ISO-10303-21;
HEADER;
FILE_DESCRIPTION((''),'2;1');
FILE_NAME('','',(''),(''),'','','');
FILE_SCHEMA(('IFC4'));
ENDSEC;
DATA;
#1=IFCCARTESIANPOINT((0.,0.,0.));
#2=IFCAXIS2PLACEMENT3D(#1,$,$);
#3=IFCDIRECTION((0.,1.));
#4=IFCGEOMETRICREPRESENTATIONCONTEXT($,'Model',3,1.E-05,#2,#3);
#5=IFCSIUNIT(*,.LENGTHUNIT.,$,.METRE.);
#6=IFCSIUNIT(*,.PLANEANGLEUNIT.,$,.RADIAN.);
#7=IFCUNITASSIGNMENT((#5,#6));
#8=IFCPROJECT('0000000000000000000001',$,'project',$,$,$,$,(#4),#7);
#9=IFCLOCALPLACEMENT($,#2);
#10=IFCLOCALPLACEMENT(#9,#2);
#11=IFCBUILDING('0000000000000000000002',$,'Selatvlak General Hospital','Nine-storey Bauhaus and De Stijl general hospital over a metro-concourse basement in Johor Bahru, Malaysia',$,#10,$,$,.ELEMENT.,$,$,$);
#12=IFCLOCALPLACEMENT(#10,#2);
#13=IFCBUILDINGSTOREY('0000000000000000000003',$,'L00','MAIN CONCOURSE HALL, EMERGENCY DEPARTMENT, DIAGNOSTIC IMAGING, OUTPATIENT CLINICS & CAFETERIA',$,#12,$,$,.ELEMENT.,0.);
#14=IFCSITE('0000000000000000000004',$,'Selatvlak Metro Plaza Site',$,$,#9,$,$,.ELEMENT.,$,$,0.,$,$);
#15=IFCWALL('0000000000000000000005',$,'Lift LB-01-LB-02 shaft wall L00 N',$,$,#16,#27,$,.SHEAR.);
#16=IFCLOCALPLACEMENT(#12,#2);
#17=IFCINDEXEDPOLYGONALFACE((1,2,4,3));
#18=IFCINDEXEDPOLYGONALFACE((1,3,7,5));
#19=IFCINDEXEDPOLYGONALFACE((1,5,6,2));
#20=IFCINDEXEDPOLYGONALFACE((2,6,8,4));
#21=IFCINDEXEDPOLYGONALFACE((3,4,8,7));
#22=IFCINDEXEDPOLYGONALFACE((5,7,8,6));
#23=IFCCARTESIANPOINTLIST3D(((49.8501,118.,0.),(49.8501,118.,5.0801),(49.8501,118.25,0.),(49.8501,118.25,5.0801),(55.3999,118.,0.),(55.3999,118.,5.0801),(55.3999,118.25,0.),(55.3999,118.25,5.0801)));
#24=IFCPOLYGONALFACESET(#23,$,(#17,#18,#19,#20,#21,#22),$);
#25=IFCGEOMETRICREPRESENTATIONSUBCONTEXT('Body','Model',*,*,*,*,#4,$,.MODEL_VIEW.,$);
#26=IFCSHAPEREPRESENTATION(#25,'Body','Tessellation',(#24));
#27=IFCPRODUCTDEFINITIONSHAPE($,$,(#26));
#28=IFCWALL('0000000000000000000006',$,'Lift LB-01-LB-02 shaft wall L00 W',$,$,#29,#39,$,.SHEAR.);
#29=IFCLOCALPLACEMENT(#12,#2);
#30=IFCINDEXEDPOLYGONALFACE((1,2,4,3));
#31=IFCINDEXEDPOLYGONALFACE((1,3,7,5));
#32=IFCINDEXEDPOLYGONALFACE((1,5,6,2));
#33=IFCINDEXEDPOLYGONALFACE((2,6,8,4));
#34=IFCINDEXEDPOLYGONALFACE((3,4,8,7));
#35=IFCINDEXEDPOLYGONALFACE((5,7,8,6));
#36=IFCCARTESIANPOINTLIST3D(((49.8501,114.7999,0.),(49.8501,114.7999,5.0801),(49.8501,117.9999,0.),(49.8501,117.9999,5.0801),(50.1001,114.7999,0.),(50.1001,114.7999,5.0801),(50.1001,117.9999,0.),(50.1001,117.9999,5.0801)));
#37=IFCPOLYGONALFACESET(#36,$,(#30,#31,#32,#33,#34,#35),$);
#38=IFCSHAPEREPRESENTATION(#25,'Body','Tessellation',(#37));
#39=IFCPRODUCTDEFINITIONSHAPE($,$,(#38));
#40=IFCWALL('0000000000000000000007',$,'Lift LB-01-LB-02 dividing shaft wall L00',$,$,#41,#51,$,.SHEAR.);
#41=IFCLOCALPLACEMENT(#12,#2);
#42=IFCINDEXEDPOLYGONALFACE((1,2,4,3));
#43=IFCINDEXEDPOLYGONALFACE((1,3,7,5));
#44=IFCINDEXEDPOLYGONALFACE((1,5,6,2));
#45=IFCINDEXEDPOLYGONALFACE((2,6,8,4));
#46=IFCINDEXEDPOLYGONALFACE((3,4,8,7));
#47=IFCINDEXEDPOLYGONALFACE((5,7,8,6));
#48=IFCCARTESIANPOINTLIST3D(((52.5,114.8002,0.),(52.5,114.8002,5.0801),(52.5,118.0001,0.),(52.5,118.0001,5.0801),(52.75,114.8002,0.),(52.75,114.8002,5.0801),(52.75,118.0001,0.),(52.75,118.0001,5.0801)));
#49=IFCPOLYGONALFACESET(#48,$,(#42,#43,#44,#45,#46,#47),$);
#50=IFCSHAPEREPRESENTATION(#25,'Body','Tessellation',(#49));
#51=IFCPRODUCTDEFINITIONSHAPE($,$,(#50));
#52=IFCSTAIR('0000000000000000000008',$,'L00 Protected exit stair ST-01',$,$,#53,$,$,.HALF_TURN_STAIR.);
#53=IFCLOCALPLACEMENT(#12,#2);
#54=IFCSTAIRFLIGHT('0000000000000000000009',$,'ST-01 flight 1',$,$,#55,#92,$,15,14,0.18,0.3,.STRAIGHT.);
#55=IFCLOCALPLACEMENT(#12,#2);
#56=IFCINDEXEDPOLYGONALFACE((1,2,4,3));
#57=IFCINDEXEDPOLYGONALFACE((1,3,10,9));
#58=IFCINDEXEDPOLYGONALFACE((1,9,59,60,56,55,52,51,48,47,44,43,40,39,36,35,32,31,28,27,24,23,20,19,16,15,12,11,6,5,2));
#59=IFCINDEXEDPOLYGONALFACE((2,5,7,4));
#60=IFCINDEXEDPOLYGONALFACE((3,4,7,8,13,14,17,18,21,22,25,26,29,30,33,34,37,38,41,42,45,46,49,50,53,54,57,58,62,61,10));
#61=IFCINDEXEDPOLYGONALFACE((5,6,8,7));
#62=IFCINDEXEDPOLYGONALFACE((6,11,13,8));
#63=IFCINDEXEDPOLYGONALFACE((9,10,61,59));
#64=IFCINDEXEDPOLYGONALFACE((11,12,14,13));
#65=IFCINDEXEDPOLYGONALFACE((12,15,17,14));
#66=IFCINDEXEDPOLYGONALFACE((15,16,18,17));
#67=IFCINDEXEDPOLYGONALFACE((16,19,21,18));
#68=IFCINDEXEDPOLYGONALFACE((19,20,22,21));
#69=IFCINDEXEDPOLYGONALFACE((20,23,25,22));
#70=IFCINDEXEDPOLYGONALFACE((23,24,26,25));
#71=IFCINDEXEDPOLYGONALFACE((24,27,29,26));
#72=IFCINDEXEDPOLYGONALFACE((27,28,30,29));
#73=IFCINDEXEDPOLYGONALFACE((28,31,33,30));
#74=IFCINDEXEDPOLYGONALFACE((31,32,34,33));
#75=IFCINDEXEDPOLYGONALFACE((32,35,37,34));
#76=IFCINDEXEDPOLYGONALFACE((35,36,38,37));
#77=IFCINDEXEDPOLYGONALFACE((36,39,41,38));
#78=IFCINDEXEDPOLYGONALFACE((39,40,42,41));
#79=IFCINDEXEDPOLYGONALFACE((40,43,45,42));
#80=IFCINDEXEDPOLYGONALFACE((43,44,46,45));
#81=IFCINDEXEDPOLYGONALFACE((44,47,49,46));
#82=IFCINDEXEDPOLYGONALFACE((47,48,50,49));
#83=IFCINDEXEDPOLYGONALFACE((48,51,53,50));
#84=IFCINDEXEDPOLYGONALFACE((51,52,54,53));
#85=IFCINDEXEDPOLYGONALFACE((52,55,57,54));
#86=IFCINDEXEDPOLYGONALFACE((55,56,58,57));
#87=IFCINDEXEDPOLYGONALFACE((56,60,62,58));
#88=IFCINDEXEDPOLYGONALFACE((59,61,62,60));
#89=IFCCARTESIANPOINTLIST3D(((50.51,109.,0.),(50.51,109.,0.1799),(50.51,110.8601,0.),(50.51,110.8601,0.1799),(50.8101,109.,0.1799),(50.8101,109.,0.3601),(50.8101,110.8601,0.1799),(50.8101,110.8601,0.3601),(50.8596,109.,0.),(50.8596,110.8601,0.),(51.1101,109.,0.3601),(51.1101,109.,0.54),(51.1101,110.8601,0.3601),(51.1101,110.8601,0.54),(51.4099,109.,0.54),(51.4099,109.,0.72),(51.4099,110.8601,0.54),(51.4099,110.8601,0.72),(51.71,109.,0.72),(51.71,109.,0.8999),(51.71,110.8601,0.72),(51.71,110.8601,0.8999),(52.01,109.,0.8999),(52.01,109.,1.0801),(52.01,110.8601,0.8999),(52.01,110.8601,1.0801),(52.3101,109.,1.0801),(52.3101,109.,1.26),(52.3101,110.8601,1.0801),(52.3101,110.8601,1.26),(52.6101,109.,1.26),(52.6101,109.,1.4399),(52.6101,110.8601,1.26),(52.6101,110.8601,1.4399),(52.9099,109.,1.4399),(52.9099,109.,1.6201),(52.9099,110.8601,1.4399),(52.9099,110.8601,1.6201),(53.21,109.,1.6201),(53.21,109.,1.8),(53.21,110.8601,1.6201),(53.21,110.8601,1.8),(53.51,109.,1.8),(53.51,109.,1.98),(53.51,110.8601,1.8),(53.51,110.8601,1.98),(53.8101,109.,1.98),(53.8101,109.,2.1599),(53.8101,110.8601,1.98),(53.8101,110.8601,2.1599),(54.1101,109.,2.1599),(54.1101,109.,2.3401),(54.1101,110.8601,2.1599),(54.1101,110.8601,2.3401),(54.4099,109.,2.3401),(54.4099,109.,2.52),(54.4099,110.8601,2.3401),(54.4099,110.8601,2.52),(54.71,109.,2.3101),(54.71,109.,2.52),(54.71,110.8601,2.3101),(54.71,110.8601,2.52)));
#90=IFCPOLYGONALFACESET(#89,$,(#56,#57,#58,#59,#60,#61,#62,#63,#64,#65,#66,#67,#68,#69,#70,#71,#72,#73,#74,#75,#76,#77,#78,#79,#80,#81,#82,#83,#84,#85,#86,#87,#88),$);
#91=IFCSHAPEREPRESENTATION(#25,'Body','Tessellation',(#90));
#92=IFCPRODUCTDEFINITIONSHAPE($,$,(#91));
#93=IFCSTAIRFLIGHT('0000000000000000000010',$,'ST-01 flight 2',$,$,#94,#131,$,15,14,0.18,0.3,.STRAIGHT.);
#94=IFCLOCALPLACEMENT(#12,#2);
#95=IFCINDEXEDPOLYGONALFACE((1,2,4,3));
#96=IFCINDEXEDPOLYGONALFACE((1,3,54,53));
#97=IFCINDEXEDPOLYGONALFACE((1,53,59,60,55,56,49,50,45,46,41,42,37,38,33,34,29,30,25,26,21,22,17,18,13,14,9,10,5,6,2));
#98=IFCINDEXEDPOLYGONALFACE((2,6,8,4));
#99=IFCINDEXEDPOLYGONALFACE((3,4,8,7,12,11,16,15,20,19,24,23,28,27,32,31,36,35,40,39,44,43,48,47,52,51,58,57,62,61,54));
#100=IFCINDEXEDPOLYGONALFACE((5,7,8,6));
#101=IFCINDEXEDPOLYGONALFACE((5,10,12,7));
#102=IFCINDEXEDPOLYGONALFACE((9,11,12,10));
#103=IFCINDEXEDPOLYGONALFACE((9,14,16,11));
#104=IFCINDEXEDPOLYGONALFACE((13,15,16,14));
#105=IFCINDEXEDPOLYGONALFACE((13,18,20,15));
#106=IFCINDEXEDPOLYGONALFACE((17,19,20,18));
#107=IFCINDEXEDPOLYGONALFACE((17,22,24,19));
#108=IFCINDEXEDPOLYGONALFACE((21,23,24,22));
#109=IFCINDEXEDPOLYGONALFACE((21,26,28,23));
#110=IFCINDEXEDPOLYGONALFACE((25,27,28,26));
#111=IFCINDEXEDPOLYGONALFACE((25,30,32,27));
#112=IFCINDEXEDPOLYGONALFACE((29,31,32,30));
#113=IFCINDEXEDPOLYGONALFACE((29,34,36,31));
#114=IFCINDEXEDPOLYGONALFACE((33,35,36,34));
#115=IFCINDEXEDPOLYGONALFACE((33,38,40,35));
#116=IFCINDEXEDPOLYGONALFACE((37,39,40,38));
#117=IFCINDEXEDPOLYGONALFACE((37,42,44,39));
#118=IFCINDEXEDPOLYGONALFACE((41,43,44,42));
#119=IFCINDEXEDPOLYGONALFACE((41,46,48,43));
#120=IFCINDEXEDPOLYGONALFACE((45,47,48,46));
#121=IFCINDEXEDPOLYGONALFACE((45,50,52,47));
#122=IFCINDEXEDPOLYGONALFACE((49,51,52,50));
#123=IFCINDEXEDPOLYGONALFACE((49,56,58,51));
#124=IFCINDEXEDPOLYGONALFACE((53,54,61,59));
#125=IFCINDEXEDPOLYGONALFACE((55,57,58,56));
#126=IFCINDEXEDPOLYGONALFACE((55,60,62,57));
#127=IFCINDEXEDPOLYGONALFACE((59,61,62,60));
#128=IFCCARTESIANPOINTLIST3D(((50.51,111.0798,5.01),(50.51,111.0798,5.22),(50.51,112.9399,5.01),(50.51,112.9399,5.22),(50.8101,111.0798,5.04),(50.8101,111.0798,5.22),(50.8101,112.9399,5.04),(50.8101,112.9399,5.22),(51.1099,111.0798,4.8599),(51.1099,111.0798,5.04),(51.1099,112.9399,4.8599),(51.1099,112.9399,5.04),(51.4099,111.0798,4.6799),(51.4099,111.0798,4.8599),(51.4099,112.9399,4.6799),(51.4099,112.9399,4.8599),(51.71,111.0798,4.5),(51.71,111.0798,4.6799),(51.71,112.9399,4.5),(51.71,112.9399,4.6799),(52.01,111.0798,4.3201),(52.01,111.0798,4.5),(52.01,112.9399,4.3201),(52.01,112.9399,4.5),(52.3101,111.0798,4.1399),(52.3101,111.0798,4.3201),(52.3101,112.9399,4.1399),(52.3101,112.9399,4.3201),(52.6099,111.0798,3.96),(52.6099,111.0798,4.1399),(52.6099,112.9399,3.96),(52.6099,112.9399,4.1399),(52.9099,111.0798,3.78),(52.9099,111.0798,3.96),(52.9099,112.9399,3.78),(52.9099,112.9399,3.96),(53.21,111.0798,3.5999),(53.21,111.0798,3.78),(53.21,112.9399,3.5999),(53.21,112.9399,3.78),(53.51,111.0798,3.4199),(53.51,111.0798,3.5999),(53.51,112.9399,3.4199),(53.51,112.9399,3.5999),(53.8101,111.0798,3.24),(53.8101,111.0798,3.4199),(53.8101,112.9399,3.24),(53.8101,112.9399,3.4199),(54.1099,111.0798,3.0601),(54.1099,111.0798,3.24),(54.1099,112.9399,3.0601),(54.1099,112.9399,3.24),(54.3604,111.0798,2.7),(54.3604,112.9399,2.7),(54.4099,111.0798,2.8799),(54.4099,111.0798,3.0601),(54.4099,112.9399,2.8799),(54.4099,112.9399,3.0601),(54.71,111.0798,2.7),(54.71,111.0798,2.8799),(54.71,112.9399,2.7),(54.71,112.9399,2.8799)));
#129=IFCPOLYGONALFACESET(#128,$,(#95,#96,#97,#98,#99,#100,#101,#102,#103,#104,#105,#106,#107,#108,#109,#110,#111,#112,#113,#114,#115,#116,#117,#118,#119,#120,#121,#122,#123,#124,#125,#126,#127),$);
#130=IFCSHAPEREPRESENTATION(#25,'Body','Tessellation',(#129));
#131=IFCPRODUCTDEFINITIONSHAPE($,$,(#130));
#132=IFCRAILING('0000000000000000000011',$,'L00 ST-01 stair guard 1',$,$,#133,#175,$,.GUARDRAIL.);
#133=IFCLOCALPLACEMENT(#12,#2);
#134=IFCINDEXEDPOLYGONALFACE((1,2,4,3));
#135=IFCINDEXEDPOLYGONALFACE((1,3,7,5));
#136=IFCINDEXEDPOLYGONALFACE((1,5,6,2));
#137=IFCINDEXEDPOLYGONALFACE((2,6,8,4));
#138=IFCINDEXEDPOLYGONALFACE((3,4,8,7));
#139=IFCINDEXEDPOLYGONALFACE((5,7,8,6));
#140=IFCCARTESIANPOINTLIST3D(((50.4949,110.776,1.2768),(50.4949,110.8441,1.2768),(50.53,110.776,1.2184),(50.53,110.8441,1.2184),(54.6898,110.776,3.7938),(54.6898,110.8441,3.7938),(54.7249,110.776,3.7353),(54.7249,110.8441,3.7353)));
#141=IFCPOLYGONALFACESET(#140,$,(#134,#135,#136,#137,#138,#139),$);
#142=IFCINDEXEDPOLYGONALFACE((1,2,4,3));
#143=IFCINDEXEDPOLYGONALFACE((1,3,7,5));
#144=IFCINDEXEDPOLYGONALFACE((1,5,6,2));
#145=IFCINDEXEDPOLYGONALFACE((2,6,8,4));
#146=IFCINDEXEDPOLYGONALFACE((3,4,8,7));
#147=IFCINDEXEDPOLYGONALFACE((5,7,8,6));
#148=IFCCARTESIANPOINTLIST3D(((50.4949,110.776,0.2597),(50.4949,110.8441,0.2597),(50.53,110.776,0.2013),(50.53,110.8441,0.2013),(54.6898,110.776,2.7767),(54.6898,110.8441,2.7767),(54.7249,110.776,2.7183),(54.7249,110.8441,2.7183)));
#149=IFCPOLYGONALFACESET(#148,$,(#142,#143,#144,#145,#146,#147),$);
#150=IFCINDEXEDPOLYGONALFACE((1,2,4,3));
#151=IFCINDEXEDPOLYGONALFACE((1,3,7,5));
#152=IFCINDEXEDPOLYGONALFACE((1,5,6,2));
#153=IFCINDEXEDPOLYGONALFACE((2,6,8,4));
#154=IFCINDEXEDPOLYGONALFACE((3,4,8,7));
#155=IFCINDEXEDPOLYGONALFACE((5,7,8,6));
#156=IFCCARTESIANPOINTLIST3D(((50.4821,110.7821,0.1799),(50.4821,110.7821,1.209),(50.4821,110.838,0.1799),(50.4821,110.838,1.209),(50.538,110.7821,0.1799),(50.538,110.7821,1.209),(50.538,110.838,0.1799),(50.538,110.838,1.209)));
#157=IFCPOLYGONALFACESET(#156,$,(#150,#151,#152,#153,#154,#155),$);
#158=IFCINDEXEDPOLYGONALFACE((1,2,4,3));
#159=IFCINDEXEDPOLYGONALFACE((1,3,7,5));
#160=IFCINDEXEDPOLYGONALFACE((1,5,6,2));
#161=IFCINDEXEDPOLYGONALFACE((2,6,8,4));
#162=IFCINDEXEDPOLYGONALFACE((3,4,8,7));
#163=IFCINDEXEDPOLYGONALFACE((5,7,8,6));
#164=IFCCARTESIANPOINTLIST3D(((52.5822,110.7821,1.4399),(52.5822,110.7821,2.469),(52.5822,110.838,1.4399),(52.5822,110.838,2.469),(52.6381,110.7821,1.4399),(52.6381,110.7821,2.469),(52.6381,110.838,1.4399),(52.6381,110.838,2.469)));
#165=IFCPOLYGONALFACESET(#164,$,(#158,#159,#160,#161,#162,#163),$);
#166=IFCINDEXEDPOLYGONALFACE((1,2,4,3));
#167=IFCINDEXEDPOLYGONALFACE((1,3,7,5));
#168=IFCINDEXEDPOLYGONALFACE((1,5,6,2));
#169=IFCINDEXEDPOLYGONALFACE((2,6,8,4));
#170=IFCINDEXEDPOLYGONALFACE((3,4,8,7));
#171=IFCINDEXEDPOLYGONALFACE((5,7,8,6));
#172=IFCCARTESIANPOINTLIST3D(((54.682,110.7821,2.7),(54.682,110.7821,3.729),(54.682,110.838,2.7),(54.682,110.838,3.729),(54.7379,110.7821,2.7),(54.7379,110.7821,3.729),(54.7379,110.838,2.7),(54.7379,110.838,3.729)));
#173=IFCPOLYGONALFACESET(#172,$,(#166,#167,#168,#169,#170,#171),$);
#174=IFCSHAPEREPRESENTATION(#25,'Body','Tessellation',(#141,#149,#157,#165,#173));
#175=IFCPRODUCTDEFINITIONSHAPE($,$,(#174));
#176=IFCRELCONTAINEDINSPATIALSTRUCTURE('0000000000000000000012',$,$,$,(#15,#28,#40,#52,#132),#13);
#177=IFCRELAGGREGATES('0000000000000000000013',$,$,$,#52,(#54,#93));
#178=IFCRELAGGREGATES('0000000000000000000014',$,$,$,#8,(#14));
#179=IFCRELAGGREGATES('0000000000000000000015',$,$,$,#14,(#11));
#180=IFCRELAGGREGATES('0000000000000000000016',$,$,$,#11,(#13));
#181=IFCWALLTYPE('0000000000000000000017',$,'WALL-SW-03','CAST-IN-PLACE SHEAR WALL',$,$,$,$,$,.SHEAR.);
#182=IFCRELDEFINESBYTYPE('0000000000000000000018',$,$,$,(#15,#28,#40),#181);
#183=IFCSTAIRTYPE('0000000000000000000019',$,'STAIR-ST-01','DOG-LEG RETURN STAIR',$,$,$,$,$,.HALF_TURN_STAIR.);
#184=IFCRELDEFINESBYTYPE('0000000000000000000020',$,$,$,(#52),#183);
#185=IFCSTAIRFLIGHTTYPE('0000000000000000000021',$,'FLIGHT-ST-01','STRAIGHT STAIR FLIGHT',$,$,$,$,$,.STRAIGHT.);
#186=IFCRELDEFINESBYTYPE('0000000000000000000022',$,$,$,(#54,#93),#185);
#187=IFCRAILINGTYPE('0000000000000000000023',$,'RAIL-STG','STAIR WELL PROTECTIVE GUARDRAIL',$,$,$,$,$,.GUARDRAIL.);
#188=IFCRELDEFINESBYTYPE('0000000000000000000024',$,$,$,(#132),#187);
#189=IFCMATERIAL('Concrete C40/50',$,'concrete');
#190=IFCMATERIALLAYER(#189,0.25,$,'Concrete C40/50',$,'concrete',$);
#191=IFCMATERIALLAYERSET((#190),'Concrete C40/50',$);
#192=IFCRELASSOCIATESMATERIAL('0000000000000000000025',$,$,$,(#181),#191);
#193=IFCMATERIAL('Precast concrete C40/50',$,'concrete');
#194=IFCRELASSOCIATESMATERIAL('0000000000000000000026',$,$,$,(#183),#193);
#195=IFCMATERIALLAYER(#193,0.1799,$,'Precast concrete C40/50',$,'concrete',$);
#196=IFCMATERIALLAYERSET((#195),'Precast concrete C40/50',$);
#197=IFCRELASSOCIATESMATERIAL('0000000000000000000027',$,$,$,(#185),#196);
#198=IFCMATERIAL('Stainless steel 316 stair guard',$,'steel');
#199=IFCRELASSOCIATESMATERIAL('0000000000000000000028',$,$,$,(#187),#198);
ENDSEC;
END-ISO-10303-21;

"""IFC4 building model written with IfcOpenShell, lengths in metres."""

from ifc_helpers import new_model, si_unit, direction, frame, frame_2d, origin, origin_2d, place, context, subcontext, project, spatial, polyline, rectangle, outline, extrude, material, layer, layer_set, type_object, element, aggregate, save


model = new_model("IFC4")

# Units and contexts
model_context = context("Model", 3, precision=1e-05, world=origin(), true_north=direction((0.0, 1.0)))
body_context = subcontext(model_context, "Body", "Model", "MODEL_VIEW")
ifc_project = project(units=[si_unit("LENGTHUNIT", "METRE"), si_unit("PLANEANGLEUNIT", "RADIAN")], contexts=[model_context])

# Site, building, storey
site_placement = place(None, origin())
site = spatial("IfcSite", under=ifc_project, at=site_placement, Name="Selatvlak Metro Plaza Site", CompositionType="ELEMENT", RefElevation=0.0)
building_placement = place(site_placement, origin())
building = spatial("IfcBuilding", under=site, at=building_placement, Name="Selatvlak General Hospital", Description="Nine-storey Bauhaus and De Stijl general hospital over a metro-concourse basement in Johor Bahru, Malaysia", CompositionType="ELEMENT")
storey_placement = place(building_placement, origin())
storey = spatial("IfcBuildingStorey", under=building, at=storey_placement, Name="L00", Description="MAIN CONCOURSE HALL, EMERGENCY DEPARTMENT, DIAGNOSTIC IMAGING, OUTPATIENT CLINICS & CAFETERIA", CompositionType="ELEMENT", Elevation=0.0)

# Shared definitions
ifc_material_1 = material(Name="Concrete C40/50", Category="concrete")

# Shared definitions
ifc_layer_1 = layer(ifc_material_1, 0.25, Name="Concrete C40/50", Category="concrete")
ifc_layer_set_1 = layer_set([ifc_layer_1], Name="Concrete C40/50")
wall_type_1 = type_object("IfcWallType", Name="WALL-SW-03", Description="CAST-IN-PLACE SHEAR WALL", PredefinedType="SHEAR", material=ifc_layer_set_1)

# Walls
wall_1_placement = place(storey_placement, frame((55.3999, 118.125, 0.0), z_axis=(0.0, 0.0, 1.0), x_axis=(-1.0, 0.0, 0.0)))
element("IfcWall", 1, at=wall_1_placement, inside=storey, type_object=wall_type_1, Name="Lift LB-01-LB-02 shaft wall L00 N", PredefinedType="SHEAR", context=body_context, shape_type="SweptSolid", body=[
    extrude(rectangle(XDim=5.5498, YDim=0.25, at=frame_2d((2.7749, 0.0))), origin(), (0.0, 0.0, 1.0), 5.0801),
])
for number, where, z_axis, x_axis, name in (
    (2, (49.9751, 118.0, 0.0), (0.0, 0.0, 1.0), (0.0, -1.0, 0.0), "Lift LB-01-LB-02 shaft wall L00 W"),
    (3, (52.625, 114.8, 0.0), (0.0, 0.0, 1.0), (0.0, 1.0, 0.0), "Lift LB-01-LB-02 dividing shaft wall L00"),
):
    element("IfcWall", number, at=place(storey_placement, frame(where, z_axis=z_axis, x_axis=x_axis)), inside=storey, type_object=wall_type_1, Name=name, PredefinedType="SHEAR", context=body_context, shape_type="SweptSolid", body=[
        extrude(rectangle(XDim=3.2, YDim=0.25, at=frame_2d((1.6001, 0.0))), origin(), (0.0, 0.0, 1.0), 5.0801),
    ])

# Stair, stair flights
ifc_material_2 = material(Name="Precast concrete C40/50", Category="concrete")
stair_type = type_object("IfcStairType", Name="STAIR-ST-01", Description="DOG-LEG RETURN STAIR", PredefinedType="HALF_TURN_STAIR", material=ifc_material_2)
stair_placement = place(storey_placement, origin())
stair = element("IfcStair", 4, at=stair_placement, inside=storey, type_object=stair_type, Name="L00 Protected exit stair ST-01", PredefinedType="HALF_TURN_STAIR")
ifc_layer_2 = layer(ifc_material_2, 0.1799, Name="Precast concrete C40/50", Category="concrete")
ifc_layer_set_2 = layer_set([ifc_layer_2], Name="Precast concrete C40/50")
stair_flight_type = type_object("IfcStairFlightType", Name="FLIGHT-ST-01", Description="STRAIGHT STAIR FLIGHT", PredefinedType="STRAIGHT", material=ifc_layer_set_2)
stair_flight_1_placement = place(storey_placement, frame((50.51, 109.9299, 0.0), z_axis=(0.0, 0.0, 1.0), x_axis=(1.0, 0.0, 0.0)))
stair_flight_1 = element("IfcStairFlight", 5, at=stair_flight_1_placement, type_object=stair_flight_type, Name="ST-01 flight 1", NumberOfRisers=15, NumberOfTreads=14, PredefinedType="STRAIGHT", RiserHeight=0.18, TreadLength=0.3, context=body_context, shape_type="SweptSolid", body=[
    extrude(outline(polyline([(0.0, 0.0), (0.0, 0.1799), (0.3, 0.1799), (0.3, 0.3601), (0.6001, 0.3601), (0.6001, 0.54), (0.8999, 0.54), (0.8999, 0.72), (1.2, 0.72), (1.2, 0.8999), (1.5, 0.8999), (1.5, 1.0801), (1.8, 1.0801), (1.8, 1.26), (2.1001, 1.26), (2.1001, 1.4399), (2.3999, 1.4399), (2.3999, 1.6201), (2.7, 1.6201), (2.7, 1.8), (3.0, 1.8), (3.0, 1.98), (3.3, 1.98), (3.3, 2.1599), (3.6001, 2.1599), (3.6001, 2.3401), (3.8999, 2.3401), (3.8999, 2.52), (4.2, 2.52), (4.2, 2.7), (4.2, 2.3101), (0.3496, 0.0), (0.0, 0.0)])), frame((0.0, 0.9302, 0.0), z_axis=(0.0, -1.0, 0.0), x_axis=(1.0, 0.0, 0.0)), (0.0, 0.0, 1.0), 1.8601),
])
stair_flight_2_placement = place(storey_placement, frame((54.71, 112.01, 2.7), z_axis=(0.0, 0.0, 1.0), x_axis=(-1.0, 0.0, 0.0)))
stair_flight_2 = element("IfcStairFlight", 6, at=stair_flight_2_placement, type_object=stair_flight_type, Name="ST-01 flight 2", NumberOfRisers=15, NumberOfTreads=14, PredefinedType="STRAIGHT", RiserHeight=0.18, TreadLength=0.3, context=body_context, shape_type="SweptSolid", body=[
    extrude(outline(polyline([(0.0, 0.0), (0.0, 0.1799), (0.3, 0.1799), (0.3, 0.3601), (0.6001, 0.3601), (0.6001, 0.54), (0.8999, 0.54), (0.8999, 0.72), (1.2, 0.72), (1.2, 0.8999), (1.5, 0.8999), (1.5, 1.0801), (1.8, 1.0801), (1.8, 1.26), (2.1001, 1.26), (2.1001, 1.4399), (2.3999, 1.4399), (2.3999, 1.6201), (2.7, 1.6201), (2.7, 1.8), (3.0, 1.8), (3.0, 1.98), (3.3, 1.98), (3.3, 2.1599), (3.6001, 2.1599), (3.6001, 2.3401), (3.8999, 2.3401), (3.8999, 2.52), (4.2, 2.52), (4.2, 2.7), (4.2, 2.3101), (0.3496, 0.0), (0.0, 0.0)])), frame((0.0, 0.9302, 0.0), z_axis=(0.0, -1.0, 0.0), x_axis=(1.0, 0.0, 0.0)), (0.0, 0.0, 1.0), 1.8601),
])
aggregate(stair, [stair_flight_1, stair_flight_2])

# Railing
ifc_material_3 = material(Name="Stainless steel 316 stair guard", Category="steel")
railing_type_1 = type_object("IfcRailingType", Name="RAIL-STG", Description="STAIR WELL PROTECTIVE GUARDRAIL", PredefinedType="GUARDRAIL", material=ifc_material_3)
railing_1_placement = place(storey_placement, frame((50.51, 110.8101, 0.1799)))
element("IfcRailing", 7, at=railing_1_placement, inside=storey, type_object=railing_type_1, Name="L00 ST-01 stair guard 1", PredefinedType="GUARDRAIL", context=body_context, shape_type="SweptSolid", body=[
    extrude(rectangle(XDim=0.0681, YDim=0.0681, at=origin_2d()), frame((0.0024, 0.0, 1.0676), z_axis=(0.857489, 0.0, 0.514503), x_axis=(0.0, 1.0, 0.0)), (0.0, 0.0, 1.0), 4.8921),
    extrude(rectangle(XDim=0.0681, YDim=0.0681, at=origin_2d()), frame((0.0024, 0.0, 0.0505), z_axis=(0.857489, 0.0, 0.514503), x_axis=(0.0, 1.0, 0.0)), (0.0, 0.0, 1.0), 4.8921),
    extrude(rectangle(XDim=0.0559, YDim=0.0559, at=origin_2d()), origin(), (0.0, 0.0, 1.0), 1.0291),
    extrude(rectangle(XDim=0.0559, YDim=0.0559, at=origin_2d()), frame((2.1001, 0.0, 1.26)), (0.0, 0.0, 1.0), 1.0291),
    extrude(rectangle(XDim=0.0559, YDim=0.0559, at=origin_2d()), frame((4.2, 0.0, 2.52)), (0.0, 0.0, 1.0), 1.0291),
])

save(model, "model.ifc")
